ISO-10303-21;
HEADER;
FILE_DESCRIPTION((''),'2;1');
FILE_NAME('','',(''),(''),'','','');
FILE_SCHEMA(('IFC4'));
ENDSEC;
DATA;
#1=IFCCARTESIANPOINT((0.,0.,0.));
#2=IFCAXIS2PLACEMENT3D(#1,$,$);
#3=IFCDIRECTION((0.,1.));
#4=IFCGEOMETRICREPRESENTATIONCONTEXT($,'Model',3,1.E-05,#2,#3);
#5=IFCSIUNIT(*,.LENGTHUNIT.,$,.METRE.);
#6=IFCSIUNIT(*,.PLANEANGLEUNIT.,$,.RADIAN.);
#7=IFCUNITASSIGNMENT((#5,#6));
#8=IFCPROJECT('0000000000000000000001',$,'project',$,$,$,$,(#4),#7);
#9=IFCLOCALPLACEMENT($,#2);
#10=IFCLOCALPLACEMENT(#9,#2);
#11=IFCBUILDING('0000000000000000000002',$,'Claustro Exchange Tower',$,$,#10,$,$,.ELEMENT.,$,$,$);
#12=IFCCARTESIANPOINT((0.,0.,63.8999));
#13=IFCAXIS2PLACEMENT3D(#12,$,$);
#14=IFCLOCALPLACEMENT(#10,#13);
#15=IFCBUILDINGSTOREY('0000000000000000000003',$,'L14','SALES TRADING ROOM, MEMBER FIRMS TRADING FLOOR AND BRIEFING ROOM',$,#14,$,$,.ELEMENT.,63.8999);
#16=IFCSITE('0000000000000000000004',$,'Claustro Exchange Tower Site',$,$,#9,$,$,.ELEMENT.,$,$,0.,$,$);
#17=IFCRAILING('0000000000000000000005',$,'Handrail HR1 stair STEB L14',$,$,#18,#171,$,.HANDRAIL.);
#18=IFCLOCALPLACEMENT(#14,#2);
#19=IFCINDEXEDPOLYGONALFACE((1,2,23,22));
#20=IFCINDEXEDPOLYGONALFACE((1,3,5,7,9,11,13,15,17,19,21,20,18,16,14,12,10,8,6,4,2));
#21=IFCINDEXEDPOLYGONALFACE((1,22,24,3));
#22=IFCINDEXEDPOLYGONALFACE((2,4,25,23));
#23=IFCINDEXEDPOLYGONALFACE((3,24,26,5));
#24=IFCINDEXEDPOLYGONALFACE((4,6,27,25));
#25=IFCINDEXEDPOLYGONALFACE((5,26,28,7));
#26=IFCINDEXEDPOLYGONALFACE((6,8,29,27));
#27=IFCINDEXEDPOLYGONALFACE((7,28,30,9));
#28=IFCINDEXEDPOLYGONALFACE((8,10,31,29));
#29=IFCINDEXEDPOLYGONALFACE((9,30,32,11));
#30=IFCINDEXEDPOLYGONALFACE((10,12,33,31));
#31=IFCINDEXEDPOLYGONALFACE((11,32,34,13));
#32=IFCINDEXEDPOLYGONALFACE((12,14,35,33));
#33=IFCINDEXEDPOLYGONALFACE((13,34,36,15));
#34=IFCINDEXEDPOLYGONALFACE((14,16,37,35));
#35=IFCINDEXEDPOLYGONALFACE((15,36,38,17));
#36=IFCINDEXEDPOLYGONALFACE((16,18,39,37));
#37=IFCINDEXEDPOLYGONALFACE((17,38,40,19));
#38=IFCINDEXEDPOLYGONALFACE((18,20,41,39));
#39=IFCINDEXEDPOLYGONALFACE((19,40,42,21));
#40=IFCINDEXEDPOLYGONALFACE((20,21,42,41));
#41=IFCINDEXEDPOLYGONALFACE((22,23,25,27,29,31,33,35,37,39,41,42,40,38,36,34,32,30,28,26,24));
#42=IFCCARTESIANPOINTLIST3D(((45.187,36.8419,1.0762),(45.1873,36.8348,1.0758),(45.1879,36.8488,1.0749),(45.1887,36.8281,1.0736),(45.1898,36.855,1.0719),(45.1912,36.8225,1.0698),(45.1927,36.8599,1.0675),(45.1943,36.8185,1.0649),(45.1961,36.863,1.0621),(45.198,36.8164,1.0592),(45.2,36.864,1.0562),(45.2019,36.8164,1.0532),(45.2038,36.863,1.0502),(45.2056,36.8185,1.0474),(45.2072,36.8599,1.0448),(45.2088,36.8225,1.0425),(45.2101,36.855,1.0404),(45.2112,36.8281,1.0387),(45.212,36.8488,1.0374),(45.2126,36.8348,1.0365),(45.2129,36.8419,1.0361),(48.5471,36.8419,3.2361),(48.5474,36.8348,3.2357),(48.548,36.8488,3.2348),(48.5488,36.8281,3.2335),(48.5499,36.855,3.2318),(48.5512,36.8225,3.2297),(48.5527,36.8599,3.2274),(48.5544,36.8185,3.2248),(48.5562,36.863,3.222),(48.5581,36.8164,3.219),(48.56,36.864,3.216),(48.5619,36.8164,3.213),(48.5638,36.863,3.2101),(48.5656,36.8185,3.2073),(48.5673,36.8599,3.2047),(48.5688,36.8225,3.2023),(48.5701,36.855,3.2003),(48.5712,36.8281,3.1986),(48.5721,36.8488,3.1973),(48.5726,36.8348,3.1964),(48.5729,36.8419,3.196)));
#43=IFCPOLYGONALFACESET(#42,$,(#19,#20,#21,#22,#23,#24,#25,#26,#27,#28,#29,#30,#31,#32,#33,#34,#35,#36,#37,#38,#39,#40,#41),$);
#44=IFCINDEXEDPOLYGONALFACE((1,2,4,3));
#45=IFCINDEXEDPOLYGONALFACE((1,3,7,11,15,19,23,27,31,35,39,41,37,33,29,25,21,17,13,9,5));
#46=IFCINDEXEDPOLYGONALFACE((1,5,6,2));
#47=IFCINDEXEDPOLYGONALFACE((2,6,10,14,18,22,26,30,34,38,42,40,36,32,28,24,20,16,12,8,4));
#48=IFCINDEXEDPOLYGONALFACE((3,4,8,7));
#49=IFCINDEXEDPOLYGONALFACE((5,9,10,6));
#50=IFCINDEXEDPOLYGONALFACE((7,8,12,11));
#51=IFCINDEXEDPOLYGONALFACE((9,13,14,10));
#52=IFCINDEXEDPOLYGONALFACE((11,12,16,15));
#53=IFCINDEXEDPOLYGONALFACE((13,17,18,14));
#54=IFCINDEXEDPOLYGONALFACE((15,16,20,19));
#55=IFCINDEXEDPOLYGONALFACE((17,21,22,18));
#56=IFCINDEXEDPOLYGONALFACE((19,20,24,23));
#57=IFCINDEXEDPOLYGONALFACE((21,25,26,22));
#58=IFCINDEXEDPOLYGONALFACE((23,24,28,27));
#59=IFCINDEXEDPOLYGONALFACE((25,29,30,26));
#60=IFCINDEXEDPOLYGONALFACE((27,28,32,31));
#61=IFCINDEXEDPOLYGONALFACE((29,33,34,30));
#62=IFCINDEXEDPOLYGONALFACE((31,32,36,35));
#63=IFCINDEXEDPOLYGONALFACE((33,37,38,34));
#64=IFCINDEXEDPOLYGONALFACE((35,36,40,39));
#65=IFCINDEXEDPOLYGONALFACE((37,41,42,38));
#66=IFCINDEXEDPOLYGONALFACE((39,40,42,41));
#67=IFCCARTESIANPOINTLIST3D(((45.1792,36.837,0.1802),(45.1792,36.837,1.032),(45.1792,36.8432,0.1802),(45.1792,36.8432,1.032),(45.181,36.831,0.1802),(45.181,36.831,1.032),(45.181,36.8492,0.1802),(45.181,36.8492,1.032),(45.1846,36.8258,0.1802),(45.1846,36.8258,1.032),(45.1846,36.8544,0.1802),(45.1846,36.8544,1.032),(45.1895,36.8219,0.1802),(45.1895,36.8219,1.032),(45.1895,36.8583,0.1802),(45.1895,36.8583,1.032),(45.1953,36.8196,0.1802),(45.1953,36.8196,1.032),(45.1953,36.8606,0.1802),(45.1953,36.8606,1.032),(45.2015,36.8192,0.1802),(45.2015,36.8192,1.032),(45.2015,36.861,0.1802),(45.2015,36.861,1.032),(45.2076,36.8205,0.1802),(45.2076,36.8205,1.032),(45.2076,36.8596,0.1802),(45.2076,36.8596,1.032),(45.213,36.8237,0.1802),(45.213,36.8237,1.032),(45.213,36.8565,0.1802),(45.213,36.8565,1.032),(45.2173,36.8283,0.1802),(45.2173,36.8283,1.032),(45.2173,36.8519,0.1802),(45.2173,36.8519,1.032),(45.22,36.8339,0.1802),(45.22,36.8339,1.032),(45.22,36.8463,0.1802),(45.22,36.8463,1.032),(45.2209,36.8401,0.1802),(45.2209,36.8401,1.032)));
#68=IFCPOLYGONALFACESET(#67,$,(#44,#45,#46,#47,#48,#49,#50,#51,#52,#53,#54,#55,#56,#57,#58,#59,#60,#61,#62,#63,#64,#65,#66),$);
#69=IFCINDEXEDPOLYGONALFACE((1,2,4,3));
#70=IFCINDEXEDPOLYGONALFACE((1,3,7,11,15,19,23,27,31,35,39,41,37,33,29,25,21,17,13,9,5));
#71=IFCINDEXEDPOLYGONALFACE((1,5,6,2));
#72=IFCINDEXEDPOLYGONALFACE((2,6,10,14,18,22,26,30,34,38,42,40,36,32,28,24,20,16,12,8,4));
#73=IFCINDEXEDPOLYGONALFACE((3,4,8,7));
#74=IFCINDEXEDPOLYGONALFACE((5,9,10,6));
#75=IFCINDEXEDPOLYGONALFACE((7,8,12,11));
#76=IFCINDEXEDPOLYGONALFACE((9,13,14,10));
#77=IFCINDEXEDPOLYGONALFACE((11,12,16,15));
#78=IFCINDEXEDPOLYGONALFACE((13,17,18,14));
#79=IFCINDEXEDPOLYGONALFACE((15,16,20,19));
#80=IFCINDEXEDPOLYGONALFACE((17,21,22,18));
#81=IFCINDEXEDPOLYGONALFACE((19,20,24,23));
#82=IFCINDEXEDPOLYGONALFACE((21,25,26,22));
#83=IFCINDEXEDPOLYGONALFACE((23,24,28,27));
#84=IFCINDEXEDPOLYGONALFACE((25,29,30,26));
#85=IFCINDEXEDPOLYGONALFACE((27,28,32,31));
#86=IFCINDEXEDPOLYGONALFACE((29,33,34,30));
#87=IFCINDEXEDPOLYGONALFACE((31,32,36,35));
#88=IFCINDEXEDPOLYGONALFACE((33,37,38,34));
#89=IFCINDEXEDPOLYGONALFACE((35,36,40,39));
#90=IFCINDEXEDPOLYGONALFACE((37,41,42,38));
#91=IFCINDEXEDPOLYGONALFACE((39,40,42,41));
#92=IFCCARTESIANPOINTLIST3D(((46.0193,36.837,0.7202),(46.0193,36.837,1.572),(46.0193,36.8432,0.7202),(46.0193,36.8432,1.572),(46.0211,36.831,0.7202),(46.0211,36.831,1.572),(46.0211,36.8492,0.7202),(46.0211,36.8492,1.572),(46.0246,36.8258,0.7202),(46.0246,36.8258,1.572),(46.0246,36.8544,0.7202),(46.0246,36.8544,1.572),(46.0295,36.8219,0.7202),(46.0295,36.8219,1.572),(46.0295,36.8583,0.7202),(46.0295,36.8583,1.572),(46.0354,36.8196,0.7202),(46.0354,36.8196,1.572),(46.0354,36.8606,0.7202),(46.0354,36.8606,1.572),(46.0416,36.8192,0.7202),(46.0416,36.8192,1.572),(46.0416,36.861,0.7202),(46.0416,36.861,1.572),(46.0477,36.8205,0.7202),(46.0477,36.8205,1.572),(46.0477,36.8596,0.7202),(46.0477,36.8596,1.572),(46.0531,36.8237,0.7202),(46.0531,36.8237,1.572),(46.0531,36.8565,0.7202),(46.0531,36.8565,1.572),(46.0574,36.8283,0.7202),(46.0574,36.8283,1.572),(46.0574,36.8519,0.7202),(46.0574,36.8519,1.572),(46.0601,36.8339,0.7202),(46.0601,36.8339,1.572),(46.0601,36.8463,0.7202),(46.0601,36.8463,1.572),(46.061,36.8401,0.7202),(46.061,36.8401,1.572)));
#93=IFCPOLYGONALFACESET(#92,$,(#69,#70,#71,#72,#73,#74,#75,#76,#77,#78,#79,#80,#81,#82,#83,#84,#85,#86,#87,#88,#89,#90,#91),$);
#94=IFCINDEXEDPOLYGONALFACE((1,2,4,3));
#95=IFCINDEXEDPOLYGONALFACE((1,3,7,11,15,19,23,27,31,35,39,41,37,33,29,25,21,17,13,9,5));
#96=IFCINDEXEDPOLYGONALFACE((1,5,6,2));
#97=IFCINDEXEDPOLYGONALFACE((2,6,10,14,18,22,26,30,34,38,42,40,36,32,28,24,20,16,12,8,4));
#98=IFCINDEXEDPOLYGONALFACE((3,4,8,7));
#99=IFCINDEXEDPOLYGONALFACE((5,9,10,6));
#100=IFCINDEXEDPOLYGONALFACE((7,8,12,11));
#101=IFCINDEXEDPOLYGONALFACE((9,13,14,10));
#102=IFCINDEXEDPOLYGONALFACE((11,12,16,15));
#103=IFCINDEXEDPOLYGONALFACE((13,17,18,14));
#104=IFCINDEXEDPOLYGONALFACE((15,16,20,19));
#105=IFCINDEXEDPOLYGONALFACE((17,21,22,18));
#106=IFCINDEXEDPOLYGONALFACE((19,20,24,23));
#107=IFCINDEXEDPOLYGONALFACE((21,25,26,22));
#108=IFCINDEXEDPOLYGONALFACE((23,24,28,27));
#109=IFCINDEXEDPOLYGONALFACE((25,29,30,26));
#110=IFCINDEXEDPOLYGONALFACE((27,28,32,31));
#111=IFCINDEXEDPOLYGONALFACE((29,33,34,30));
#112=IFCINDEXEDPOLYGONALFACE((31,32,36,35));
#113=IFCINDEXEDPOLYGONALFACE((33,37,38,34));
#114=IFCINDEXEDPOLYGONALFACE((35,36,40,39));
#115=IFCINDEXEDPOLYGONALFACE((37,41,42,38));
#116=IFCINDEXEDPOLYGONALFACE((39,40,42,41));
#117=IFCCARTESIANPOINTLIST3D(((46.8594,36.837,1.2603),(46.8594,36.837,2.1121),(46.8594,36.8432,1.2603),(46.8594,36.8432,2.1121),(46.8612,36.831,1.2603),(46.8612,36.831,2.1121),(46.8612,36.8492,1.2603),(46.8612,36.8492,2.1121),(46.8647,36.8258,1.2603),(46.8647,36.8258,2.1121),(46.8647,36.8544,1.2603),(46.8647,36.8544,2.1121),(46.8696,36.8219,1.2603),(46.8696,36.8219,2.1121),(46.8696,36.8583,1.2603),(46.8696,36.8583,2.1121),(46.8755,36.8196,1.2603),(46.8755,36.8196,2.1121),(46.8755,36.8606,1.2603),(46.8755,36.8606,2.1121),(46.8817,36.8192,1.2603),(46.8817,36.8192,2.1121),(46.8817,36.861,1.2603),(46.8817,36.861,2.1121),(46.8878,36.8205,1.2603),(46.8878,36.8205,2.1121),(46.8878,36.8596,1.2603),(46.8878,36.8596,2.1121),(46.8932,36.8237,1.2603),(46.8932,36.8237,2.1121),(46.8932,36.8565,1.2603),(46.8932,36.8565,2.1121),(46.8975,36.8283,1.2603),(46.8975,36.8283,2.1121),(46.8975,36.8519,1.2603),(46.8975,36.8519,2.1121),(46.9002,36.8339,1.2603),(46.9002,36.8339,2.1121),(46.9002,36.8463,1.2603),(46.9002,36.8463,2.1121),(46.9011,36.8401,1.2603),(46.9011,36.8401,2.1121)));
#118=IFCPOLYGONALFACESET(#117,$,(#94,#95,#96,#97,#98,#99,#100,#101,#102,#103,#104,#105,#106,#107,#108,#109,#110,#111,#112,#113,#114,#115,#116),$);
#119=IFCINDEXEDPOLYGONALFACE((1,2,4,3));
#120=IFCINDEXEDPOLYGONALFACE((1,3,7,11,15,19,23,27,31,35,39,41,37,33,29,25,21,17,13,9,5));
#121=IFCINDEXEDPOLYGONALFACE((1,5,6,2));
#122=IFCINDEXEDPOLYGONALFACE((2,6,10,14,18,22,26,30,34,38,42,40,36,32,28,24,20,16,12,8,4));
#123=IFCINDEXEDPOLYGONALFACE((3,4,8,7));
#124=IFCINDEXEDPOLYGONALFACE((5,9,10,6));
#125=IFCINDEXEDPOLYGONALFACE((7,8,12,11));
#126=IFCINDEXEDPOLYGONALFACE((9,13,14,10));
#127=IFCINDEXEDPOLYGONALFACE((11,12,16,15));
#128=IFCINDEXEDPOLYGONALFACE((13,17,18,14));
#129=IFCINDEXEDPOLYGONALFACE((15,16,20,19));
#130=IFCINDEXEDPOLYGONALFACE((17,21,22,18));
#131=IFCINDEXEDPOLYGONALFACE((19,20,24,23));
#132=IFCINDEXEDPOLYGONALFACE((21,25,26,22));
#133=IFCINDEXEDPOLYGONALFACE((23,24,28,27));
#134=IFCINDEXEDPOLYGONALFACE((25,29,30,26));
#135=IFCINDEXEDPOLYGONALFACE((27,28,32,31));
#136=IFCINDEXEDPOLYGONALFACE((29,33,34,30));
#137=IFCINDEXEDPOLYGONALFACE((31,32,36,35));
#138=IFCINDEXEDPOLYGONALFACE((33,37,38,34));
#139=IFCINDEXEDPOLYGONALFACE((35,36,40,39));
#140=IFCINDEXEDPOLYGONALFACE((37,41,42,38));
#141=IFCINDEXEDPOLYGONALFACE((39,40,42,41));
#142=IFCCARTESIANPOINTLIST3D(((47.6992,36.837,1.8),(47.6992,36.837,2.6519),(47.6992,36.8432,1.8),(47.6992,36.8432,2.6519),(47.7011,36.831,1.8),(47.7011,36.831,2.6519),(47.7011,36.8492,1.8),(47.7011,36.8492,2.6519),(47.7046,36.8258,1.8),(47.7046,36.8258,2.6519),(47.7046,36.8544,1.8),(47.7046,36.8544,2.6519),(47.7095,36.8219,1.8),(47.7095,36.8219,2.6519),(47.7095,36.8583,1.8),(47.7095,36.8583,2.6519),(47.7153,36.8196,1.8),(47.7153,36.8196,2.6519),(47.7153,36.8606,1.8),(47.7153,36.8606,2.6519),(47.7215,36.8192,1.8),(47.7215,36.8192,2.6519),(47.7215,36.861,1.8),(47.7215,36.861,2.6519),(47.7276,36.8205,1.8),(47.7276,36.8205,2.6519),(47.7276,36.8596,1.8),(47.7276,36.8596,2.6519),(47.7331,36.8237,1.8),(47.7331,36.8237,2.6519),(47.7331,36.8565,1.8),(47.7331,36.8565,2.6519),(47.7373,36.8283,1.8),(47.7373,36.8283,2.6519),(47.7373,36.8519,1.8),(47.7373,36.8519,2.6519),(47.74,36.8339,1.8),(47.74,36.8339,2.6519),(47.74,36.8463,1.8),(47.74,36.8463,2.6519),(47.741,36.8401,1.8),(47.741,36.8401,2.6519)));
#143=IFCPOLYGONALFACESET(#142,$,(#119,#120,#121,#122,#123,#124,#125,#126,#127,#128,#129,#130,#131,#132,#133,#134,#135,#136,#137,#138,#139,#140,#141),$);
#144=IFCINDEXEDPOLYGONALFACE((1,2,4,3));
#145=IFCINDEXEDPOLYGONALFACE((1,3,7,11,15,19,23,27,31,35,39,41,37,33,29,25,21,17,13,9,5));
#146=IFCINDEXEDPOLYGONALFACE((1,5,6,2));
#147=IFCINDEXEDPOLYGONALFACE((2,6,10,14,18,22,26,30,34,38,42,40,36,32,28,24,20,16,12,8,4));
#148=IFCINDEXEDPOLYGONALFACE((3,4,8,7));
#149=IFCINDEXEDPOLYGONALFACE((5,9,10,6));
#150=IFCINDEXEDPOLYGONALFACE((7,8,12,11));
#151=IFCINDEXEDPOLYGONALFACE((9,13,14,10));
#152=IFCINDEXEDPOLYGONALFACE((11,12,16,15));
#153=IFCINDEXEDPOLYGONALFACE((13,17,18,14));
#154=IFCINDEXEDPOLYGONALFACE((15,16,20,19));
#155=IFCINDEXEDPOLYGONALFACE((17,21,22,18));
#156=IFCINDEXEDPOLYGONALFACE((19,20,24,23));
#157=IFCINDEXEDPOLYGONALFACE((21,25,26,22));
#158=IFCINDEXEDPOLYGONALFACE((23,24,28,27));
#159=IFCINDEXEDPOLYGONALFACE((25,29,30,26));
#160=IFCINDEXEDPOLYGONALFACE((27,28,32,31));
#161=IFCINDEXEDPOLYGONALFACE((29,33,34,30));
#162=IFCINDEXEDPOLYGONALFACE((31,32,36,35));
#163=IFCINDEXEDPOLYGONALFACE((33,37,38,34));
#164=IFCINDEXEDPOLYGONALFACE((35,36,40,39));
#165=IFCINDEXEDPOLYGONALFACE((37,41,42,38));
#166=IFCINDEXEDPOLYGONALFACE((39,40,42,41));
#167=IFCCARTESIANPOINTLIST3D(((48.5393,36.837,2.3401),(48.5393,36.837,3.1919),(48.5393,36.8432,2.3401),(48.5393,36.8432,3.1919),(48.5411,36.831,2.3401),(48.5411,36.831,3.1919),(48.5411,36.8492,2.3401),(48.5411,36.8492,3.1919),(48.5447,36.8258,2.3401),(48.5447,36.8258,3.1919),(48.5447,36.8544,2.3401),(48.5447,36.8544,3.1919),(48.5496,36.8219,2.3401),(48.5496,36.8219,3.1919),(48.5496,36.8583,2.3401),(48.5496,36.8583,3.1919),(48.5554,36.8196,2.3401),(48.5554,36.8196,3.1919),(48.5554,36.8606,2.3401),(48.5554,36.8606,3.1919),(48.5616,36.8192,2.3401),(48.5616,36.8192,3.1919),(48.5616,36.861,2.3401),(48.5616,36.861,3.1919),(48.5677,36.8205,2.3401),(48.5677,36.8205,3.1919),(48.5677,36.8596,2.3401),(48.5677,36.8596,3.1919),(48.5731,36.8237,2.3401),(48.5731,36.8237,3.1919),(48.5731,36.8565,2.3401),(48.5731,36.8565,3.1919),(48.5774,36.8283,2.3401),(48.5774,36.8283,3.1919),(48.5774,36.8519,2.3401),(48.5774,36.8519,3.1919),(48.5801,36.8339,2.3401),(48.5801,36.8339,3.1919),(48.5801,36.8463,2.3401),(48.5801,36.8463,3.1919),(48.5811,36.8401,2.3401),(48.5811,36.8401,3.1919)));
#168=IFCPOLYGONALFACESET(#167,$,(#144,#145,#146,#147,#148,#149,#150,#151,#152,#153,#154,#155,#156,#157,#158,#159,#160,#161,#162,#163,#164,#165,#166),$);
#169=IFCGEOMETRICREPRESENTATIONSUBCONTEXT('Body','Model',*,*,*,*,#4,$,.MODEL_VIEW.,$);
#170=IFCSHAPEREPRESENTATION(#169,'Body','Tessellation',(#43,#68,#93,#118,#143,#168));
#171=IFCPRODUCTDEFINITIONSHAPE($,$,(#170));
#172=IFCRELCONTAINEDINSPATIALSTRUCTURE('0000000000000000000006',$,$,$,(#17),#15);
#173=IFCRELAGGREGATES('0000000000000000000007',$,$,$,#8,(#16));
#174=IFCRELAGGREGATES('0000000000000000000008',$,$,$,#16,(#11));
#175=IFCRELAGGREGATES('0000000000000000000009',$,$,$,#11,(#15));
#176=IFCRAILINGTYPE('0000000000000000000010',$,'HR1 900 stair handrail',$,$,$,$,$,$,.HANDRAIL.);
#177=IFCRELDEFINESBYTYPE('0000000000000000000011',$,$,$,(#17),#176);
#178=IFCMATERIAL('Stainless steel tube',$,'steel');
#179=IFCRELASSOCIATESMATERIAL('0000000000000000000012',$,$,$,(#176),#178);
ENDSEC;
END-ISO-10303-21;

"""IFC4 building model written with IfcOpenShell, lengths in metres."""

from ifc_helpers import new_model, si_unit, direction, frame, origin, origin_2d, place, context, subcontext, project, spatial, circle, extrude, material, type_object, element, save


model = new_model("IFC4")

# Units and contexts
model_context = context("Model", 3, precision=1e-05, world=origin(), true_north=direction((0.0, 1.0)))
body_context = subcontext(model_context, "Body", "Model", "MODEL_VIEW")
ifc_project = project(units=[si_unit("LENGTHUNIT", "METRE"), si_unit("PLANEANGLEUNIT", "RADIAN")], contexts=[model_context])

# Site, building, storey
site_placement = place(None, origin())
site = spatial("IfcSite", under=ifc_project, at=site_placement, Name="Claustro Exchange Tower Site", CompositionType="ELEMENT", RefElevation=0.0)
building_placement = place(site_placement, origin())
building = spatial("IfcBuilding", under=site, at=building_placement, Name="Claustro Exchange Tower", CompositionType="ELEMENT")
storey_placement = place(building_placement, frame((0.0, 0.0, 63.8999)))
storey = spatial("IfcBuildingStorey", under=building, at=storey_placement, Name="L14", Description="SALES TRADING ROOM, MEMBER FIRMS TRADING FLOOR AND BRIEFING ROOM", CompositionType="ELEMENT", Elevation=63.8999)

# Railing
ifc_material_1 = material(Name="Stainless steel tube", Category="steel")
railing_type_1 = type_object("IfcRailingType", Name="HR1 900 stair handrail", PredefinedType="HANDRAIL", material=ifc_material_1)
railing_1_placement = place(storey_placement, frame((45.2, 36.8401, 0.1802)))
element("IfcRailing", 1, at=railing_1_placement, inside=storey, type_object=railing_type_1, Name="Handrail HR1 stair STEB L14", PredefinedType="HANDRAIL", context=body_context, shape_type="SweptSolid", body=[
    extrude(circle(Radius=0.0239, at=origin_2d()), frame((0.0, 0.0, 0.876), z_axis=(0.841196, 0.0, 0.54073), x_axis=(0.0, 1.0, 0.0)), (0.0, 0.0, 1.0), 3.9944),
    extrude(circle(Radius=0.021, at=origin_2d()), origin(), (0.0, 0.0, 1.0), 0.8518),
    extrude(circle(Radius=0.021, at=origin_2d()), frame((0.8401, 0.0, 0.54)), (0.0, 0.0, 1.0), 0.8518),
    extrude(circle(Radius=0.021, at=origin_2d()), frame((1.6802, 0.0, 1.0801)), (0.0, 0.0, 1.0), 0.8518),
    extrude(circle(Radius=0.021, at=origin_2d()), frame((2.52, 0.0, 1.6199)), (0.0, 0.0, 1.0), 0.8518),
    extrude(circle(Radius=0.021, at=origin_2d()), frame((3.3601, 0.0, 2.1599)), (0.0, 0.0, 1.0), 0.8518),
])

save(model, "model.ifc")
